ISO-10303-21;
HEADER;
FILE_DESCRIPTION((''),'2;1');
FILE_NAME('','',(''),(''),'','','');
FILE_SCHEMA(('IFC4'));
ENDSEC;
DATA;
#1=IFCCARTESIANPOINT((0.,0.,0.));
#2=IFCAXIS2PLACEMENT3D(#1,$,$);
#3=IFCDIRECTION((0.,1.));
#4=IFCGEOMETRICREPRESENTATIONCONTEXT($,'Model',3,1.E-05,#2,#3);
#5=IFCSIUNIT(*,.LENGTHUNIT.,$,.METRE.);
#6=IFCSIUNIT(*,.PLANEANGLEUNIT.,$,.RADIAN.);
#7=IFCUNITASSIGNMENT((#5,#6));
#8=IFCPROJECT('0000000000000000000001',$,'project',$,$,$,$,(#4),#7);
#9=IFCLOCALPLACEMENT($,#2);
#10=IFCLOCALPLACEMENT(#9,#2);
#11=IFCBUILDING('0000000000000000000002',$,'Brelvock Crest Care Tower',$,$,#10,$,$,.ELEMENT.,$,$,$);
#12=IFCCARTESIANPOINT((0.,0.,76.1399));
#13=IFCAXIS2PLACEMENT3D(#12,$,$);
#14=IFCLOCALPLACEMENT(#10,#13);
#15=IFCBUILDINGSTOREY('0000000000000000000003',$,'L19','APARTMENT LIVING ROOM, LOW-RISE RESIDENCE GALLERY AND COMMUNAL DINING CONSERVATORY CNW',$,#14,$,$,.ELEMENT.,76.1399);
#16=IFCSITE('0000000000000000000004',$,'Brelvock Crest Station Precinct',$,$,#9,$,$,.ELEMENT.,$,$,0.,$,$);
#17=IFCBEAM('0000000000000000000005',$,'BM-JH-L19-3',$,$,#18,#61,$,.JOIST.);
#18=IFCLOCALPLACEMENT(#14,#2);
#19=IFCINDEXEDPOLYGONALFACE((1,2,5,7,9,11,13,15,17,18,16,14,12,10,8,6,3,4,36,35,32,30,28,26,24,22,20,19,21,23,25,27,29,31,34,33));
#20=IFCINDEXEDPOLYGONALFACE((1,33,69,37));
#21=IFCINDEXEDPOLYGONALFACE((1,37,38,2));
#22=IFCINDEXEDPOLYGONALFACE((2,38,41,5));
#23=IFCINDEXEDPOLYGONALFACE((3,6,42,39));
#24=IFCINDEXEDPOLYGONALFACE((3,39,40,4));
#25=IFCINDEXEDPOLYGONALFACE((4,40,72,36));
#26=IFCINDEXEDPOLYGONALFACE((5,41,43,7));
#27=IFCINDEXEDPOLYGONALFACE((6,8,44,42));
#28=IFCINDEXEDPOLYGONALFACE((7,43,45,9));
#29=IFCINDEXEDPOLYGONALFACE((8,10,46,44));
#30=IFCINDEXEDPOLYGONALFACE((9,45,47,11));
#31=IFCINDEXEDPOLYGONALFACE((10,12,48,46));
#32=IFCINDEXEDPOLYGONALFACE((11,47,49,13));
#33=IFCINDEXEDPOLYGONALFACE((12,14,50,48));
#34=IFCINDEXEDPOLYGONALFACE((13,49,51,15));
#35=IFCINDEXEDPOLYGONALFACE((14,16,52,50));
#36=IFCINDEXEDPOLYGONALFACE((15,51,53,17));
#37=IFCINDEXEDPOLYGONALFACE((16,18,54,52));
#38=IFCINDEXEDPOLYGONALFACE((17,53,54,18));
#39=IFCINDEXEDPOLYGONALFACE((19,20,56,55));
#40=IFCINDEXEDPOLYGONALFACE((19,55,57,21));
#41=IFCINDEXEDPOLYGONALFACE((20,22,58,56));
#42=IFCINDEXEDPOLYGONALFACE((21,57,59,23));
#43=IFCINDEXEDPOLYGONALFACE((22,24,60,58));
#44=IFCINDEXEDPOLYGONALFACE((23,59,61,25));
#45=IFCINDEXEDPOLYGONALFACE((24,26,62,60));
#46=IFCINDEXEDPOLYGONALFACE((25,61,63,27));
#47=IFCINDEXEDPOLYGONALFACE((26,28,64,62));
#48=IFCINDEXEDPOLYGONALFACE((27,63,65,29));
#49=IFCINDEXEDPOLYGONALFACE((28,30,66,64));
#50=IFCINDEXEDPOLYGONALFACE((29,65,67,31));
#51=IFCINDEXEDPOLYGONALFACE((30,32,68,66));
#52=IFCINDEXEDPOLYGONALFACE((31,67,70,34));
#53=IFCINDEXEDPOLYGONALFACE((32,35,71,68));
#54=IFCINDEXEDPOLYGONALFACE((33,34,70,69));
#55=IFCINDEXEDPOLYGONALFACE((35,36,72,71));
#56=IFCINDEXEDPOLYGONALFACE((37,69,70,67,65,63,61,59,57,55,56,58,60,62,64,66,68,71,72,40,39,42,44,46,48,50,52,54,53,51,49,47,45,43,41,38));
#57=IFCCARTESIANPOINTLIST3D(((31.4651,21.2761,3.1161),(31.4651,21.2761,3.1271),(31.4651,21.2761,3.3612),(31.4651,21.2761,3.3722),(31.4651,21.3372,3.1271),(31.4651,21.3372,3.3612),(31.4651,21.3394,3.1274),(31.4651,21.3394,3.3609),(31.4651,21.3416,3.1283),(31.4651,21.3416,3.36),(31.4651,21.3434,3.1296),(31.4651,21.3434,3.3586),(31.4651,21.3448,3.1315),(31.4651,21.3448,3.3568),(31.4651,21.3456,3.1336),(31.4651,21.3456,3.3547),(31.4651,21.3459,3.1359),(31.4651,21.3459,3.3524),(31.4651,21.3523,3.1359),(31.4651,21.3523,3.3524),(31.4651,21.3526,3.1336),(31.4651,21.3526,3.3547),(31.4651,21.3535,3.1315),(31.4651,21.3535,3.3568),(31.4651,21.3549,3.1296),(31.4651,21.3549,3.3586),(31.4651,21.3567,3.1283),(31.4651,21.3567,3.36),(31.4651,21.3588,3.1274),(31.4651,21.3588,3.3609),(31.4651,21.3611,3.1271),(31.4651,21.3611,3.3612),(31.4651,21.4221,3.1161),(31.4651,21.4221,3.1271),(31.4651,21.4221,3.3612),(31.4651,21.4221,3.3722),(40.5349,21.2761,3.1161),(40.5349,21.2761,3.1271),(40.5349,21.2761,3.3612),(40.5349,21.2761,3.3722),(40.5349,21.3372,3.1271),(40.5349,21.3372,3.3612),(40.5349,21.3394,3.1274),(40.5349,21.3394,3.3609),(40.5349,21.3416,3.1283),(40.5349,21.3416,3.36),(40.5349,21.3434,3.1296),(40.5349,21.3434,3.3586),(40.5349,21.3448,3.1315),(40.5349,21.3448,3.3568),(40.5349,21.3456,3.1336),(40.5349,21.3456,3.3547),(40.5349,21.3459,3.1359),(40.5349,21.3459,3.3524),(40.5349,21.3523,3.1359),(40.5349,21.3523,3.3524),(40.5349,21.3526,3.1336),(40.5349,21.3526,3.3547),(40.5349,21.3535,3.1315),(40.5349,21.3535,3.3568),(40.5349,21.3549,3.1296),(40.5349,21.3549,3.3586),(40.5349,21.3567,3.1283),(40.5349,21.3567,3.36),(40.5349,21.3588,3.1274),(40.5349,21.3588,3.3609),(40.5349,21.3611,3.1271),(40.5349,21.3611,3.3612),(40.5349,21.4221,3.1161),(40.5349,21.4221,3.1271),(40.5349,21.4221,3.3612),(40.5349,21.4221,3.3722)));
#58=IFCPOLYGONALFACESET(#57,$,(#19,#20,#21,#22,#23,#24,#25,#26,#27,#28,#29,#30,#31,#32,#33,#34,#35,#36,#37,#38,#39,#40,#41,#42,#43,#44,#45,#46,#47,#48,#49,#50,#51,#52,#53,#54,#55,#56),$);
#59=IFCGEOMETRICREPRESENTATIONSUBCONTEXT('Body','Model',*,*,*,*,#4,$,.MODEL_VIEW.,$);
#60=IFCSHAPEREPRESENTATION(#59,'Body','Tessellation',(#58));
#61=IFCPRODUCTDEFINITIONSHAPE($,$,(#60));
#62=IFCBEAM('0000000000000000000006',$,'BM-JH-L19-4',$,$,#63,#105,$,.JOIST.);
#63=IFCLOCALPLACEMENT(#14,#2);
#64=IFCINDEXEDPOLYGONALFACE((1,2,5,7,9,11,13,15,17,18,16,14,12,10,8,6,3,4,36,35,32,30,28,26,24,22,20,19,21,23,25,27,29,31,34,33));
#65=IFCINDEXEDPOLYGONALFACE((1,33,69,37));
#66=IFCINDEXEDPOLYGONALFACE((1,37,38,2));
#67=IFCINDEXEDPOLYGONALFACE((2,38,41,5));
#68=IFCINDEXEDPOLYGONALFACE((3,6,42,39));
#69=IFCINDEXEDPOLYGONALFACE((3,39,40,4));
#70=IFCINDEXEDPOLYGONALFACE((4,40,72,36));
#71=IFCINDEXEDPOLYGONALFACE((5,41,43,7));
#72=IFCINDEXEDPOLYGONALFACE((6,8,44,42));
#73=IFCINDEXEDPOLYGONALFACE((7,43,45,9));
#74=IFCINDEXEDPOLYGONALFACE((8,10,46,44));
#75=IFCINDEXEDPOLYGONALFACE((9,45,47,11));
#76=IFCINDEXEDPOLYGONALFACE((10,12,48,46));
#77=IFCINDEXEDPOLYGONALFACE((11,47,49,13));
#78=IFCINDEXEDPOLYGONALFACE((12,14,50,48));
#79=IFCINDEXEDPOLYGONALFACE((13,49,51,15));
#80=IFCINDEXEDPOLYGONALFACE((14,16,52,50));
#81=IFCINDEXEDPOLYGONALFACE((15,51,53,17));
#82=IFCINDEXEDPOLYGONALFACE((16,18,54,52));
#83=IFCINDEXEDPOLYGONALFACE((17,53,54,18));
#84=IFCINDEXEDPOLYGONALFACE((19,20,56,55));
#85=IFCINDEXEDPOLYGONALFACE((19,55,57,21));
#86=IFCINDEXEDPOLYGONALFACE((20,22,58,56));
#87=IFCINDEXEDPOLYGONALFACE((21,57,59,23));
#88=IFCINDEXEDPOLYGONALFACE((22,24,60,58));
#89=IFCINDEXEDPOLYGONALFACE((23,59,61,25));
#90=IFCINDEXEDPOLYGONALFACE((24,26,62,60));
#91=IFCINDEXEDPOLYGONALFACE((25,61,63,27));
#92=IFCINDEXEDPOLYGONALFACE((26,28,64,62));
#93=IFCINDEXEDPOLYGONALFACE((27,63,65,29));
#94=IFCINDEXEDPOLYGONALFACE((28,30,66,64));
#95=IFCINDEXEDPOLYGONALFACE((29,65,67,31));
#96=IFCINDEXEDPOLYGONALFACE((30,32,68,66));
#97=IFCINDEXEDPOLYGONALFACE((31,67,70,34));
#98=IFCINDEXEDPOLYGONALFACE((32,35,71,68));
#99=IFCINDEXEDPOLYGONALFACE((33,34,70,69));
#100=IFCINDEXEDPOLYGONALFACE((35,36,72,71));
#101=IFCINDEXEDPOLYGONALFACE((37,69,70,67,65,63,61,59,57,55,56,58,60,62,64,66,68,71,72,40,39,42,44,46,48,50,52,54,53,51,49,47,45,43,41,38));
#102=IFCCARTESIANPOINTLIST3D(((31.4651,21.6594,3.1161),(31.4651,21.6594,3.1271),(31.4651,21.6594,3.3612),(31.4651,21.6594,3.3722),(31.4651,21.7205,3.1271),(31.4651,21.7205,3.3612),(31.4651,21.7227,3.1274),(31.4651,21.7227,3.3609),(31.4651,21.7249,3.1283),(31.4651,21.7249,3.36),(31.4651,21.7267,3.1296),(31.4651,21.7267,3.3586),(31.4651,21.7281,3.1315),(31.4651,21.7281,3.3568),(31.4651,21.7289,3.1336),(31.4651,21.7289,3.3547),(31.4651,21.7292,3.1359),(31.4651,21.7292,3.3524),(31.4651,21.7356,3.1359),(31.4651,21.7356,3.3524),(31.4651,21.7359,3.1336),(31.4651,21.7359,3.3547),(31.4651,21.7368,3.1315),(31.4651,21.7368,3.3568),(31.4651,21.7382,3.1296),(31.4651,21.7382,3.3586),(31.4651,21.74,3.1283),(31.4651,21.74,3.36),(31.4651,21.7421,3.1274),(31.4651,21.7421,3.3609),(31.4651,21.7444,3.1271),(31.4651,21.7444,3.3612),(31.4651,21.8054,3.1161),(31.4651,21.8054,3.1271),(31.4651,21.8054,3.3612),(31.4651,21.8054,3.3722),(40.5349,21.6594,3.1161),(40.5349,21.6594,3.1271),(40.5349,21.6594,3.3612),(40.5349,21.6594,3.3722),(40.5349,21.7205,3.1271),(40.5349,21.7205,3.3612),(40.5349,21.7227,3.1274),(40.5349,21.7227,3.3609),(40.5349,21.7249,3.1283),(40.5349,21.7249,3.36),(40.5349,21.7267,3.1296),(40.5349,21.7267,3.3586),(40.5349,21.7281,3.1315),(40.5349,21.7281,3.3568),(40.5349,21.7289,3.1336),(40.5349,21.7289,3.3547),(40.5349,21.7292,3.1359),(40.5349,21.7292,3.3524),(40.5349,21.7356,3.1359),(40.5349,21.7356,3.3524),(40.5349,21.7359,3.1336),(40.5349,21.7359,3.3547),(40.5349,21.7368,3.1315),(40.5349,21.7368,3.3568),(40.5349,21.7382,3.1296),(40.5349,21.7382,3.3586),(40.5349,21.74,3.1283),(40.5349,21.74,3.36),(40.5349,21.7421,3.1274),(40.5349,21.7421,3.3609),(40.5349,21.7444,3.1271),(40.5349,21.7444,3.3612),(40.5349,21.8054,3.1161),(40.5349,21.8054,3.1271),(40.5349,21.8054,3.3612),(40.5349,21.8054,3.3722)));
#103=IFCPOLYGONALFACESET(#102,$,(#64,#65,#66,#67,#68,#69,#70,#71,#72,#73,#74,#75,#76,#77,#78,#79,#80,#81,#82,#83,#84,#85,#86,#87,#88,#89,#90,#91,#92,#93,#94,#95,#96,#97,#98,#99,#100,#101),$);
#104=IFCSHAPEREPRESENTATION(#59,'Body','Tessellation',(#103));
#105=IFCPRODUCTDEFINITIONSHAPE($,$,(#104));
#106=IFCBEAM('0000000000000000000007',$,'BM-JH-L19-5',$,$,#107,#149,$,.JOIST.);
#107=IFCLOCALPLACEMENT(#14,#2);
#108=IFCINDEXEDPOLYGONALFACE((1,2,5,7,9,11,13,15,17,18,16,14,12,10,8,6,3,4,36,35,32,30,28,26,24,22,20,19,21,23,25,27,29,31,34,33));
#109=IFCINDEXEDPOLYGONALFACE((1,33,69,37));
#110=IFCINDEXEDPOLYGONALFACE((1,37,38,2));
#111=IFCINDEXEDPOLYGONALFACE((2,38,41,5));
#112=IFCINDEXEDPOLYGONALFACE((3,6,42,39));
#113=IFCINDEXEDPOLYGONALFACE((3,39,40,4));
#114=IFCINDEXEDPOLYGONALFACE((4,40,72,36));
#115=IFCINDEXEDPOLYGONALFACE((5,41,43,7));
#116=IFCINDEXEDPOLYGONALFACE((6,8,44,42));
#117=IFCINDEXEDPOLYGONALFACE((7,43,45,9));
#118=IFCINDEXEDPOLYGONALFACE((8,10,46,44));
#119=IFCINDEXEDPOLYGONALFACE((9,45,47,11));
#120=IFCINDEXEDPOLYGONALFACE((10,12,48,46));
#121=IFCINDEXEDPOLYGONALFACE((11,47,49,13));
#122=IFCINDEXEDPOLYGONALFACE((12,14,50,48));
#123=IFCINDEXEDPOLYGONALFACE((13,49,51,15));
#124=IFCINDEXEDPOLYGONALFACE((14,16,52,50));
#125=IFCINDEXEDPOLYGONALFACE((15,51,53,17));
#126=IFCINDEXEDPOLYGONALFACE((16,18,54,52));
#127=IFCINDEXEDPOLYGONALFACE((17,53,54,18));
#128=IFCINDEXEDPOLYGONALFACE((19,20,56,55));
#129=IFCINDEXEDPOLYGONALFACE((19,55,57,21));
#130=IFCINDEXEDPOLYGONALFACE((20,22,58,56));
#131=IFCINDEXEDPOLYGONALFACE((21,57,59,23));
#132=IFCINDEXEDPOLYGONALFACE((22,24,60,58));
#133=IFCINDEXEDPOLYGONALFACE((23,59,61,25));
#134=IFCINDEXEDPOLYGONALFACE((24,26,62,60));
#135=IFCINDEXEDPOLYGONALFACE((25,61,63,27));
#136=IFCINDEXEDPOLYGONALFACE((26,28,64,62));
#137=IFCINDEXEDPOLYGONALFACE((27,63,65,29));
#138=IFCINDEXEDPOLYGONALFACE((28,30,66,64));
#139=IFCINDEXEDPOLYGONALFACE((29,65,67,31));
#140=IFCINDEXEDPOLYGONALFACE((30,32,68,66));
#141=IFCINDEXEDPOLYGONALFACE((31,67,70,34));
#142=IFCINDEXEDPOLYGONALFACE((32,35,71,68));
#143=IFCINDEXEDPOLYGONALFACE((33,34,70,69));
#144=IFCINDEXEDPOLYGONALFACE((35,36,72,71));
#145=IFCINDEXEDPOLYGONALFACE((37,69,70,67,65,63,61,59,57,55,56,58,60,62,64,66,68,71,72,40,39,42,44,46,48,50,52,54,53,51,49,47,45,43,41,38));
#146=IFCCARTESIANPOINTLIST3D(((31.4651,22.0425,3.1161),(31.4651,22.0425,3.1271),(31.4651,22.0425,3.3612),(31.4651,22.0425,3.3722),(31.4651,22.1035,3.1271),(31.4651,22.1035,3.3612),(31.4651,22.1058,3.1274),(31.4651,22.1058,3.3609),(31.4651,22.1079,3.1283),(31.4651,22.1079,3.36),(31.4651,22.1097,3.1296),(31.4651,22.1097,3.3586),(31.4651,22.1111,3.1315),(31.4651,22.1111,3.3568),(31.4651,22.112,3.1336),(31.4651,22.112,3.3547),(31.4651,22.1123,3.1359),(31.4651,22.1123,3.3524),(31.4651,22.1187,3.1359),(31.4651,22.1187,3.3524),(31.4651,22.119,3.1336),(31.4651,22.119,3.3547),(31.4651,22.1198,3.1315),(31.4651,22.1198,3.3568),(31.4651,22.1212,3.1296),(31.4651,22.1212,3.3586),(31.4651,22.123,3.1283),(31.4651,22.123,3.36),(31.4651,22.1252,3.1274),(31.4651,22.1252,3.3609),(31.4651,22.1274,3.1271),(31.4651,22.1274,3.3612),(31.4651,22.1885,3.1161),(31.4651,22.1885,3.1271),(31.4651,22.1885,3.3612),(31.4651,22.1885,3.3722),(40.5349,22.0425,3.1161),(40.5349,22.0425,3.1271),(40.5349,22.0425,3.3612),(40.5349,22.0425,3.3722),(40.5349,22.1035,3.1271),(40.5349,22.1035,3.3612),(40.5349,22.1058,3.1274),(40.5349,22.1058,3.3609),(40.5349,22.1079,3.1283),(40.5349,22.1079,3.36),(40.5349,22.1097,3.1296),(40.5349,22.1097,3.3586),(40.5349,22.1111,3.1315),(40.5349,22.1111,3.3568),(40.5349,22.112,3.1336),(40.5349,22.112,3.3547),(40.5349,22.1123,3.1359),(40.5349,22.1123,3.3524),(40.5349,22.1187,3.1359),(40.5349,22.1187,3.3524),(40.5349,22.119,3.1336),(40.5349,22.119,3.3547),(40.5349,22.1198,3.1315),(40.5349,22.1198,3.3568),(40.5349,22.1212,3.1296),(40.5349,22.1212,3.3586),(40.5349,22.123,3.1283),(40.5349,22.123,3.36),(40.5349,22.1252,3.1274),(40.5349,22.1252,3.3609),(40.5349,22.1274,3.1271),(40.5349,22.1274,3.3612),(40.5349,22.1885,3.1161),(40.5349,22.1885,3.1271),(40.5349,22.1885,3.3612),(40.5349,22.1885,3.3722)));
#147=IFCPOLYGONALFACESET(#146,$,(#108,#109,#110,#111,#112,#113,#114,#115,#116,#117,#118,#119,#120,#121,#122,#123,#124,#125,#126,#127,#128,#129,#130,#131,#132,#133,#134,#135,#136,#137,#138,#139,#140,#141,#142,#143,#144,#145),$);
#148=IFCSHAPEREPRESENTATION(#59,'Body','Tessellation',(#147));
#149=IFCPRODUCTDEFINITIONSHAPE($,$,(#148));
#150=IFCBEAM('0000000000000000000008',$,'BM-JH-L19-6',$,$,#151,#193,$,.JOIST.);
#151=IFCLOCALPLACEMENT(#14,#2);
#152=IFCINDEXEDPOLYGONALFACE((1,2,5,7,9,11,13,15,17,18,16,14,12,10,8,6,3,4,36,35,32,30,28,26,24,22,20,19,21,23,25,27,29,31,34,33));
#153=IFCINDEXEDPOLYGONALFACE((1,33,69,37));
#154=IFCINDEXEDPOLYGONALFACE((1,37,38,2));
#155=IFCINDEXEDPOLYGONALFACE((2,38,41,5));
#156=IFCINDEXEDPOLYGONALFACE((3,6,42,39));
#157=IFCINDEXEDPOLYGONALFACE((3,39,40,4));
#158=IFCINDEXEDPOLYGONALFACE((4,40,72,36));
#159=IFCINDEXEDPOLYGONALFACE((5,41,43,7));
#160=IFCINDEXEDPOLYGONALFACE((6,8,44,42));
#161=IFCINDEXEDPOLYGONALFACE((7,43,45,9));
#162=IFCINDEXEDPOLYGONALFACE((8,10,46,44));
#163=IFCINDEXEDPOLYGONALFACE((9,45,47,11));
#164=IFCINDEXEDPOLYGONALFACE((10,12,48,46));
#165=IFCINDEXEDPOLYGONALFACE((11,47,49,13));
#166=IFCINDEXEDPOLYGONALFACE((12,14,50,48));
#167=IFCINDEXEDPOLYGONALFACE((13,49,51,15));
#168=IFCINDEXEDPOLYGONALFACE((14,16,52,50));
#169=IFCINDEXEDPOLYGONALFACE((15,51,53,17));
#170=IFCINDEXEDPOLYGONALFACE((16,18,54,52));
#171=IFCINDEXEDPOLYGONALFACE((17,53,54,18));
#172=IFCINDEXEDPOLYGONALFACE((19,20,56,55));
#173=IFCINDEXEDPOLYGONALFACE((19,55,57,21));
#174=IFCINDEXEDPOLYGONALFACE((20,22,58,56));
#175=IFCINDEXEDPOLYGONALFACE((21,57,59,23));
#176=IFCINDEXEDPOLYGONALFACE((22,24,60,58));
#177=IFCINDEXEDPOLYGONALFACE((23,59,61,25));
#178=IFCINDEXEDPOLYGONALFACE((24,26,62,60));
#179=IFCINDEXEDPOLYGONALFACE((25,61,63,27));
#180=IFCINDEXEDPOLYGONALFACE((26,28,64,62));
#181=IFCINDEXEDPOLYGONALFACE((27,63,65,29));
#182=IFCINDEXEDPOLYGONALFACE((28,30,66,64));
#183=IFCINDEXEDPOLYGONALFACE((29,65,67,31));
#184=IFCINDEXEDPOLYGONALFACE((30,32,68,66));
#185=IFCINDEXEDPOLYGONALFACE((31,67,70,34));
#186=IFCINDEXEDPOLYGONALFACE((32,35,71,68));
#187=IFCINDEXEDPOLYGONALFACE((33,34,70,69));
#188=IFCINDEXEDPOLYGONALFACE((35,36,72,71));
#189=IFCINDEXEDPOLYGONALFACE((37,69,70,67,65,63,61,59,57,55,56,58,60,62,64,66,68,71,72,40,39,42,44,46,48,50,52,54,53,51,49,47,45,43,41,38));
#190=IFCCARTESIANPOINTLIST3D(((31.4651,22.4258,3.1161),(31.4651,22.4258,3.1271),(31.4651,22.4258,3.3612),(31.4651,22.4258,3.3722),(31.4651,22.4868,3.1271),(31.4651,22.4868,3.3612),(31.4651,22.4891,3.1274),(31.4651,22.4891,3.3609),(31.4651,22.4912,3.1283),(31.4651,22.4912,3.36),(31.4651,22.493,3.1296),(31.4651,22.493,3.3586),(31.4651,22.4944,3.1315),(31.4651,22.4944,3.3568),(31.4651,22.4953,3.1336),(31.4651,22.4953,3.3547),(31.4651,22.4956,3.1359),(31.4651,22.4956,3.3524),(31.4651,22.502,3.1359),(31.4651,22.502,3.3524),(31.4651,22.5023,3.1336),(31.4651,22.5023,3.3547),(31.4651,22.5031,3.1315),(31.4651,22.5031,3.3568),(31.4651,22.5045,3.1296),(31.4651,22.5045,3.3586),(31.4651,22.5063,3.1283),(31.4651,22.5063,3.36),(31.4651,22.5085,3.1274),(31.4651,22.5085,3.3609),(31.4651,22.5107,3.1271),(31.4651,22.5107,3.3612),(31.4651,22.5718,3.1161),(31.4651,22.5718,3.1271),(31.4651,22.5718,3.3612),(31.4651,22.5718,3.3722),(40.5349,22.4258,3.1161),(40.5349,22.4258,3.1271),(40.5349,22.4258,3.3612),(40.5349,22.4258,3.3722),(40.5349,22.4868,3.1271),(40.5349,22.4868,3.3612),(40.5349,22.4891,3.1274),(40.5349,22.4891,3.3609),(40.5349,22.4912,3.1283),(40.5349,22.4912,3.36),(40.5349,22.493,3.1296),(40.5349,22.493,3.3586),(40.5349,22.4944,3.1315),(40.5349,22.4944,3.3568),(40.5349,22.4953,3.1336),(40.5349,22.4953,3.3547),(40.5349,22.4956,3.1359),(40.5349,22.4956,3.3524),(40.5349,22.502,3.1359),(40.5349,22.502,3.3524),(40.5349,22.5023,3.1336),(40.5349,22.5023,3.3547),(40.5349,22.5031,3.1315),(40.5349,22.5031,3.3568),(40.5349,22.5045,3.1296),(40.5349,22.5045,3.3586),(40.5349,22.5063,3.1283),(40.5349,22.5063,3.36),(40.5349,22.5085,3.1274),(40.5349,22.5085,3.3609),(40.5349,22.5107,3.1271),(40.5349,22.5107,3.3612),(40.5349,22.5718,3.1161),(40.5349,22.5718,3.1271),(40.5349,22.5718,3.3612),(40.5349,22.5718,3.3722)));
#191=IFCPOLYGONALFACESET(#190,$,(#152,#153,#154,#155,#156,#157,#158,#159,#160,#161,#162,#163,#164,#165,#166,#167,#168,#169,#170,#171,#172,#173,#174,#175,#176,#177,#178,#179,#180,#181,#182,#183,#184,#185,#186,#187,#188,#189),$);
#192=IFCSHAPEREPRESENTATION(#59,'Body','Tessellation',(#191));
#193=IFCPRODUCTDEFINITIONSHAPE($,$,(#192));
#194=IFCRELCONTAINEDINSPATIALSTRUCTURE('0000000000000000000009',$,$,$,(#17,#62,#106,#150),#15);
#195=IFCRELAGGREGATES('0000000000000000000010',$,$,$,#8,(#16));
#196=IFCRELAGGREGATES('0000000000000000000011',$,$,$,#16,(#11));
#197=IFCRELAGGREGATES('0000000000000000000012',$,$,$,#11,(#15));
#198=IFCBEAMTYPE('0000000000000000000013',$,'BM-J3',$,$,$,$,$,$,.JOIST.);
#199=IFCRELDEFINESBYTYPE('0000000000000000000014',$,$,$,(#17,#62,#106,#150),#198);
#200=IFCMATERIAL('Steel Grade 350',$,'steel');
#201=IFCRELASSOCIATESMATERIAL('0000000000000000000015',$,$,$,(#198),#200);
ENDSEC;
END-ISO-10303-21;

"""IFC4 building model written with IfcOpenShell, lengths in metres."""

from ifc_helpers import new_model, si_unit, direction, frame, origin, origin_2d, place, context, subcontext, project, spatial, i_section, extrude, source, transform, mapped, material, material_profile, profile_set, type_object, element, save


model = new_model("IFC4")

# Units and contexts
model_context = context("Model", 3, precision=1e-05, world=origin(), true_north=direction((0.0, 1.0)))
body_context = subcontext(model_context, "Body", "Model", "MODEL_VIEW")
ifc_project = project(units=[si_unit("LENGTHUNIT", "METRE"), si_unit("PLANEANGLEUNIT", "RADIAN")], contexts=[model_context])

# Site, building, storey
site_placement = place(None, origin())
site = spatial("IfcSite", under=ifc_project, at=site_placement, Name="Brelvock Crest Station Precinct", CompositionType="ELEMENT", RefElevation=0.0)
building_placement = place(site_placement, origin())
building = spatial("IfcBuilding", under=site, at=building_placement, Name="Brelvock Crest Care Tower", CompositionType="ELEMENT")
storey_placement = place(building_placement, frame((0.0, 0.0, 76.1399)))
storey = spatial("IfcBuildingStorey", under=building, at=storey_placement, Name="L19", Description="APARTMENT LIVING ROOM, LOW-RISE RESIDENCE GALLERY AND COMMUNAL DINING CONSERVATORY CNW", CompositionType="ELEMENT", Elevation=76.1399)

# Shared definitions
ifc_material_1 = material(Name="Steel Grade 350", Category="steel")

# Beams
ifc_material_profile_1 = material_profile(ifc_material_1, i_section(OverallWidth=0.146, OverallDepth=0.2561, WebThickness=0.0063, FlangeThickness=0.011, FilletRadius=0.0088, at=origin_2d()), Name="250UB37.3")
ifc_profile_set_1 = profile_set([ifc_material_profile_1], Name="Steel Grade 350")
beam_type_1 = type_object("IfcBeamType", Name="BM-J3", PredefinedType="JOIST", material=ifc_profile_set_1)
shared_shape_1 = source(origin(), body_context, "Body", "SweptSolid", [
    extrude(i_section(OverallWidth=0.146, OverallDepth=0.2561, WebThickness=0.0063, FlangeThickness=0.011, FilletRadius=0.0088, at=origin_2d()), origin(), (0.0, 0.0, 1.0), 9.0698),
])
for number, where, z_axis, x_axis, name in (
    (1, (31.4651, 21.3491, 3.2441), (1.0, 0.0, 0.0), (0.0, 1.0, 0.0), "BM-JH-L19-3"),
    (2, (31.4651, 21.7324, 3.2441), (1.0, 0.0, 0.0), (0.0, 1.0, 0.0), "BM-JH-L19-4"),
    (3, (31.4651, 22.1155, 3.2441), (1.0, 0.0, 0.0), (0.0, 1.0, 0.0), "BM-JH-L19-5"),
    (4, (31.4651, 22.4988, 3.2441), (1.0, 0.0, 0.0), (0.0, 1.0, 0.0), "BM-JH-L19-6"),
):
    element("IfcBeam", number, at=place(storey_placement, frame(where, z_axis=z_axis, x_axis=x_axis)), inside=storey, type_object=beam_type_1, Name=name, PredefinedType="JOIST", context=body_context, shape_type="MappedRepresentation", body=[
        mapped(shared_shape_1, transform((0.0, 0.0, 0.0), x_axis=(1.0, 0.0, 0.0), y_axis=(0.0, 1.0, 0.0), z_axis=(0.0, 0.0, 1.0), scale=1.0)),
    ])

save(model, "model.ifc")
